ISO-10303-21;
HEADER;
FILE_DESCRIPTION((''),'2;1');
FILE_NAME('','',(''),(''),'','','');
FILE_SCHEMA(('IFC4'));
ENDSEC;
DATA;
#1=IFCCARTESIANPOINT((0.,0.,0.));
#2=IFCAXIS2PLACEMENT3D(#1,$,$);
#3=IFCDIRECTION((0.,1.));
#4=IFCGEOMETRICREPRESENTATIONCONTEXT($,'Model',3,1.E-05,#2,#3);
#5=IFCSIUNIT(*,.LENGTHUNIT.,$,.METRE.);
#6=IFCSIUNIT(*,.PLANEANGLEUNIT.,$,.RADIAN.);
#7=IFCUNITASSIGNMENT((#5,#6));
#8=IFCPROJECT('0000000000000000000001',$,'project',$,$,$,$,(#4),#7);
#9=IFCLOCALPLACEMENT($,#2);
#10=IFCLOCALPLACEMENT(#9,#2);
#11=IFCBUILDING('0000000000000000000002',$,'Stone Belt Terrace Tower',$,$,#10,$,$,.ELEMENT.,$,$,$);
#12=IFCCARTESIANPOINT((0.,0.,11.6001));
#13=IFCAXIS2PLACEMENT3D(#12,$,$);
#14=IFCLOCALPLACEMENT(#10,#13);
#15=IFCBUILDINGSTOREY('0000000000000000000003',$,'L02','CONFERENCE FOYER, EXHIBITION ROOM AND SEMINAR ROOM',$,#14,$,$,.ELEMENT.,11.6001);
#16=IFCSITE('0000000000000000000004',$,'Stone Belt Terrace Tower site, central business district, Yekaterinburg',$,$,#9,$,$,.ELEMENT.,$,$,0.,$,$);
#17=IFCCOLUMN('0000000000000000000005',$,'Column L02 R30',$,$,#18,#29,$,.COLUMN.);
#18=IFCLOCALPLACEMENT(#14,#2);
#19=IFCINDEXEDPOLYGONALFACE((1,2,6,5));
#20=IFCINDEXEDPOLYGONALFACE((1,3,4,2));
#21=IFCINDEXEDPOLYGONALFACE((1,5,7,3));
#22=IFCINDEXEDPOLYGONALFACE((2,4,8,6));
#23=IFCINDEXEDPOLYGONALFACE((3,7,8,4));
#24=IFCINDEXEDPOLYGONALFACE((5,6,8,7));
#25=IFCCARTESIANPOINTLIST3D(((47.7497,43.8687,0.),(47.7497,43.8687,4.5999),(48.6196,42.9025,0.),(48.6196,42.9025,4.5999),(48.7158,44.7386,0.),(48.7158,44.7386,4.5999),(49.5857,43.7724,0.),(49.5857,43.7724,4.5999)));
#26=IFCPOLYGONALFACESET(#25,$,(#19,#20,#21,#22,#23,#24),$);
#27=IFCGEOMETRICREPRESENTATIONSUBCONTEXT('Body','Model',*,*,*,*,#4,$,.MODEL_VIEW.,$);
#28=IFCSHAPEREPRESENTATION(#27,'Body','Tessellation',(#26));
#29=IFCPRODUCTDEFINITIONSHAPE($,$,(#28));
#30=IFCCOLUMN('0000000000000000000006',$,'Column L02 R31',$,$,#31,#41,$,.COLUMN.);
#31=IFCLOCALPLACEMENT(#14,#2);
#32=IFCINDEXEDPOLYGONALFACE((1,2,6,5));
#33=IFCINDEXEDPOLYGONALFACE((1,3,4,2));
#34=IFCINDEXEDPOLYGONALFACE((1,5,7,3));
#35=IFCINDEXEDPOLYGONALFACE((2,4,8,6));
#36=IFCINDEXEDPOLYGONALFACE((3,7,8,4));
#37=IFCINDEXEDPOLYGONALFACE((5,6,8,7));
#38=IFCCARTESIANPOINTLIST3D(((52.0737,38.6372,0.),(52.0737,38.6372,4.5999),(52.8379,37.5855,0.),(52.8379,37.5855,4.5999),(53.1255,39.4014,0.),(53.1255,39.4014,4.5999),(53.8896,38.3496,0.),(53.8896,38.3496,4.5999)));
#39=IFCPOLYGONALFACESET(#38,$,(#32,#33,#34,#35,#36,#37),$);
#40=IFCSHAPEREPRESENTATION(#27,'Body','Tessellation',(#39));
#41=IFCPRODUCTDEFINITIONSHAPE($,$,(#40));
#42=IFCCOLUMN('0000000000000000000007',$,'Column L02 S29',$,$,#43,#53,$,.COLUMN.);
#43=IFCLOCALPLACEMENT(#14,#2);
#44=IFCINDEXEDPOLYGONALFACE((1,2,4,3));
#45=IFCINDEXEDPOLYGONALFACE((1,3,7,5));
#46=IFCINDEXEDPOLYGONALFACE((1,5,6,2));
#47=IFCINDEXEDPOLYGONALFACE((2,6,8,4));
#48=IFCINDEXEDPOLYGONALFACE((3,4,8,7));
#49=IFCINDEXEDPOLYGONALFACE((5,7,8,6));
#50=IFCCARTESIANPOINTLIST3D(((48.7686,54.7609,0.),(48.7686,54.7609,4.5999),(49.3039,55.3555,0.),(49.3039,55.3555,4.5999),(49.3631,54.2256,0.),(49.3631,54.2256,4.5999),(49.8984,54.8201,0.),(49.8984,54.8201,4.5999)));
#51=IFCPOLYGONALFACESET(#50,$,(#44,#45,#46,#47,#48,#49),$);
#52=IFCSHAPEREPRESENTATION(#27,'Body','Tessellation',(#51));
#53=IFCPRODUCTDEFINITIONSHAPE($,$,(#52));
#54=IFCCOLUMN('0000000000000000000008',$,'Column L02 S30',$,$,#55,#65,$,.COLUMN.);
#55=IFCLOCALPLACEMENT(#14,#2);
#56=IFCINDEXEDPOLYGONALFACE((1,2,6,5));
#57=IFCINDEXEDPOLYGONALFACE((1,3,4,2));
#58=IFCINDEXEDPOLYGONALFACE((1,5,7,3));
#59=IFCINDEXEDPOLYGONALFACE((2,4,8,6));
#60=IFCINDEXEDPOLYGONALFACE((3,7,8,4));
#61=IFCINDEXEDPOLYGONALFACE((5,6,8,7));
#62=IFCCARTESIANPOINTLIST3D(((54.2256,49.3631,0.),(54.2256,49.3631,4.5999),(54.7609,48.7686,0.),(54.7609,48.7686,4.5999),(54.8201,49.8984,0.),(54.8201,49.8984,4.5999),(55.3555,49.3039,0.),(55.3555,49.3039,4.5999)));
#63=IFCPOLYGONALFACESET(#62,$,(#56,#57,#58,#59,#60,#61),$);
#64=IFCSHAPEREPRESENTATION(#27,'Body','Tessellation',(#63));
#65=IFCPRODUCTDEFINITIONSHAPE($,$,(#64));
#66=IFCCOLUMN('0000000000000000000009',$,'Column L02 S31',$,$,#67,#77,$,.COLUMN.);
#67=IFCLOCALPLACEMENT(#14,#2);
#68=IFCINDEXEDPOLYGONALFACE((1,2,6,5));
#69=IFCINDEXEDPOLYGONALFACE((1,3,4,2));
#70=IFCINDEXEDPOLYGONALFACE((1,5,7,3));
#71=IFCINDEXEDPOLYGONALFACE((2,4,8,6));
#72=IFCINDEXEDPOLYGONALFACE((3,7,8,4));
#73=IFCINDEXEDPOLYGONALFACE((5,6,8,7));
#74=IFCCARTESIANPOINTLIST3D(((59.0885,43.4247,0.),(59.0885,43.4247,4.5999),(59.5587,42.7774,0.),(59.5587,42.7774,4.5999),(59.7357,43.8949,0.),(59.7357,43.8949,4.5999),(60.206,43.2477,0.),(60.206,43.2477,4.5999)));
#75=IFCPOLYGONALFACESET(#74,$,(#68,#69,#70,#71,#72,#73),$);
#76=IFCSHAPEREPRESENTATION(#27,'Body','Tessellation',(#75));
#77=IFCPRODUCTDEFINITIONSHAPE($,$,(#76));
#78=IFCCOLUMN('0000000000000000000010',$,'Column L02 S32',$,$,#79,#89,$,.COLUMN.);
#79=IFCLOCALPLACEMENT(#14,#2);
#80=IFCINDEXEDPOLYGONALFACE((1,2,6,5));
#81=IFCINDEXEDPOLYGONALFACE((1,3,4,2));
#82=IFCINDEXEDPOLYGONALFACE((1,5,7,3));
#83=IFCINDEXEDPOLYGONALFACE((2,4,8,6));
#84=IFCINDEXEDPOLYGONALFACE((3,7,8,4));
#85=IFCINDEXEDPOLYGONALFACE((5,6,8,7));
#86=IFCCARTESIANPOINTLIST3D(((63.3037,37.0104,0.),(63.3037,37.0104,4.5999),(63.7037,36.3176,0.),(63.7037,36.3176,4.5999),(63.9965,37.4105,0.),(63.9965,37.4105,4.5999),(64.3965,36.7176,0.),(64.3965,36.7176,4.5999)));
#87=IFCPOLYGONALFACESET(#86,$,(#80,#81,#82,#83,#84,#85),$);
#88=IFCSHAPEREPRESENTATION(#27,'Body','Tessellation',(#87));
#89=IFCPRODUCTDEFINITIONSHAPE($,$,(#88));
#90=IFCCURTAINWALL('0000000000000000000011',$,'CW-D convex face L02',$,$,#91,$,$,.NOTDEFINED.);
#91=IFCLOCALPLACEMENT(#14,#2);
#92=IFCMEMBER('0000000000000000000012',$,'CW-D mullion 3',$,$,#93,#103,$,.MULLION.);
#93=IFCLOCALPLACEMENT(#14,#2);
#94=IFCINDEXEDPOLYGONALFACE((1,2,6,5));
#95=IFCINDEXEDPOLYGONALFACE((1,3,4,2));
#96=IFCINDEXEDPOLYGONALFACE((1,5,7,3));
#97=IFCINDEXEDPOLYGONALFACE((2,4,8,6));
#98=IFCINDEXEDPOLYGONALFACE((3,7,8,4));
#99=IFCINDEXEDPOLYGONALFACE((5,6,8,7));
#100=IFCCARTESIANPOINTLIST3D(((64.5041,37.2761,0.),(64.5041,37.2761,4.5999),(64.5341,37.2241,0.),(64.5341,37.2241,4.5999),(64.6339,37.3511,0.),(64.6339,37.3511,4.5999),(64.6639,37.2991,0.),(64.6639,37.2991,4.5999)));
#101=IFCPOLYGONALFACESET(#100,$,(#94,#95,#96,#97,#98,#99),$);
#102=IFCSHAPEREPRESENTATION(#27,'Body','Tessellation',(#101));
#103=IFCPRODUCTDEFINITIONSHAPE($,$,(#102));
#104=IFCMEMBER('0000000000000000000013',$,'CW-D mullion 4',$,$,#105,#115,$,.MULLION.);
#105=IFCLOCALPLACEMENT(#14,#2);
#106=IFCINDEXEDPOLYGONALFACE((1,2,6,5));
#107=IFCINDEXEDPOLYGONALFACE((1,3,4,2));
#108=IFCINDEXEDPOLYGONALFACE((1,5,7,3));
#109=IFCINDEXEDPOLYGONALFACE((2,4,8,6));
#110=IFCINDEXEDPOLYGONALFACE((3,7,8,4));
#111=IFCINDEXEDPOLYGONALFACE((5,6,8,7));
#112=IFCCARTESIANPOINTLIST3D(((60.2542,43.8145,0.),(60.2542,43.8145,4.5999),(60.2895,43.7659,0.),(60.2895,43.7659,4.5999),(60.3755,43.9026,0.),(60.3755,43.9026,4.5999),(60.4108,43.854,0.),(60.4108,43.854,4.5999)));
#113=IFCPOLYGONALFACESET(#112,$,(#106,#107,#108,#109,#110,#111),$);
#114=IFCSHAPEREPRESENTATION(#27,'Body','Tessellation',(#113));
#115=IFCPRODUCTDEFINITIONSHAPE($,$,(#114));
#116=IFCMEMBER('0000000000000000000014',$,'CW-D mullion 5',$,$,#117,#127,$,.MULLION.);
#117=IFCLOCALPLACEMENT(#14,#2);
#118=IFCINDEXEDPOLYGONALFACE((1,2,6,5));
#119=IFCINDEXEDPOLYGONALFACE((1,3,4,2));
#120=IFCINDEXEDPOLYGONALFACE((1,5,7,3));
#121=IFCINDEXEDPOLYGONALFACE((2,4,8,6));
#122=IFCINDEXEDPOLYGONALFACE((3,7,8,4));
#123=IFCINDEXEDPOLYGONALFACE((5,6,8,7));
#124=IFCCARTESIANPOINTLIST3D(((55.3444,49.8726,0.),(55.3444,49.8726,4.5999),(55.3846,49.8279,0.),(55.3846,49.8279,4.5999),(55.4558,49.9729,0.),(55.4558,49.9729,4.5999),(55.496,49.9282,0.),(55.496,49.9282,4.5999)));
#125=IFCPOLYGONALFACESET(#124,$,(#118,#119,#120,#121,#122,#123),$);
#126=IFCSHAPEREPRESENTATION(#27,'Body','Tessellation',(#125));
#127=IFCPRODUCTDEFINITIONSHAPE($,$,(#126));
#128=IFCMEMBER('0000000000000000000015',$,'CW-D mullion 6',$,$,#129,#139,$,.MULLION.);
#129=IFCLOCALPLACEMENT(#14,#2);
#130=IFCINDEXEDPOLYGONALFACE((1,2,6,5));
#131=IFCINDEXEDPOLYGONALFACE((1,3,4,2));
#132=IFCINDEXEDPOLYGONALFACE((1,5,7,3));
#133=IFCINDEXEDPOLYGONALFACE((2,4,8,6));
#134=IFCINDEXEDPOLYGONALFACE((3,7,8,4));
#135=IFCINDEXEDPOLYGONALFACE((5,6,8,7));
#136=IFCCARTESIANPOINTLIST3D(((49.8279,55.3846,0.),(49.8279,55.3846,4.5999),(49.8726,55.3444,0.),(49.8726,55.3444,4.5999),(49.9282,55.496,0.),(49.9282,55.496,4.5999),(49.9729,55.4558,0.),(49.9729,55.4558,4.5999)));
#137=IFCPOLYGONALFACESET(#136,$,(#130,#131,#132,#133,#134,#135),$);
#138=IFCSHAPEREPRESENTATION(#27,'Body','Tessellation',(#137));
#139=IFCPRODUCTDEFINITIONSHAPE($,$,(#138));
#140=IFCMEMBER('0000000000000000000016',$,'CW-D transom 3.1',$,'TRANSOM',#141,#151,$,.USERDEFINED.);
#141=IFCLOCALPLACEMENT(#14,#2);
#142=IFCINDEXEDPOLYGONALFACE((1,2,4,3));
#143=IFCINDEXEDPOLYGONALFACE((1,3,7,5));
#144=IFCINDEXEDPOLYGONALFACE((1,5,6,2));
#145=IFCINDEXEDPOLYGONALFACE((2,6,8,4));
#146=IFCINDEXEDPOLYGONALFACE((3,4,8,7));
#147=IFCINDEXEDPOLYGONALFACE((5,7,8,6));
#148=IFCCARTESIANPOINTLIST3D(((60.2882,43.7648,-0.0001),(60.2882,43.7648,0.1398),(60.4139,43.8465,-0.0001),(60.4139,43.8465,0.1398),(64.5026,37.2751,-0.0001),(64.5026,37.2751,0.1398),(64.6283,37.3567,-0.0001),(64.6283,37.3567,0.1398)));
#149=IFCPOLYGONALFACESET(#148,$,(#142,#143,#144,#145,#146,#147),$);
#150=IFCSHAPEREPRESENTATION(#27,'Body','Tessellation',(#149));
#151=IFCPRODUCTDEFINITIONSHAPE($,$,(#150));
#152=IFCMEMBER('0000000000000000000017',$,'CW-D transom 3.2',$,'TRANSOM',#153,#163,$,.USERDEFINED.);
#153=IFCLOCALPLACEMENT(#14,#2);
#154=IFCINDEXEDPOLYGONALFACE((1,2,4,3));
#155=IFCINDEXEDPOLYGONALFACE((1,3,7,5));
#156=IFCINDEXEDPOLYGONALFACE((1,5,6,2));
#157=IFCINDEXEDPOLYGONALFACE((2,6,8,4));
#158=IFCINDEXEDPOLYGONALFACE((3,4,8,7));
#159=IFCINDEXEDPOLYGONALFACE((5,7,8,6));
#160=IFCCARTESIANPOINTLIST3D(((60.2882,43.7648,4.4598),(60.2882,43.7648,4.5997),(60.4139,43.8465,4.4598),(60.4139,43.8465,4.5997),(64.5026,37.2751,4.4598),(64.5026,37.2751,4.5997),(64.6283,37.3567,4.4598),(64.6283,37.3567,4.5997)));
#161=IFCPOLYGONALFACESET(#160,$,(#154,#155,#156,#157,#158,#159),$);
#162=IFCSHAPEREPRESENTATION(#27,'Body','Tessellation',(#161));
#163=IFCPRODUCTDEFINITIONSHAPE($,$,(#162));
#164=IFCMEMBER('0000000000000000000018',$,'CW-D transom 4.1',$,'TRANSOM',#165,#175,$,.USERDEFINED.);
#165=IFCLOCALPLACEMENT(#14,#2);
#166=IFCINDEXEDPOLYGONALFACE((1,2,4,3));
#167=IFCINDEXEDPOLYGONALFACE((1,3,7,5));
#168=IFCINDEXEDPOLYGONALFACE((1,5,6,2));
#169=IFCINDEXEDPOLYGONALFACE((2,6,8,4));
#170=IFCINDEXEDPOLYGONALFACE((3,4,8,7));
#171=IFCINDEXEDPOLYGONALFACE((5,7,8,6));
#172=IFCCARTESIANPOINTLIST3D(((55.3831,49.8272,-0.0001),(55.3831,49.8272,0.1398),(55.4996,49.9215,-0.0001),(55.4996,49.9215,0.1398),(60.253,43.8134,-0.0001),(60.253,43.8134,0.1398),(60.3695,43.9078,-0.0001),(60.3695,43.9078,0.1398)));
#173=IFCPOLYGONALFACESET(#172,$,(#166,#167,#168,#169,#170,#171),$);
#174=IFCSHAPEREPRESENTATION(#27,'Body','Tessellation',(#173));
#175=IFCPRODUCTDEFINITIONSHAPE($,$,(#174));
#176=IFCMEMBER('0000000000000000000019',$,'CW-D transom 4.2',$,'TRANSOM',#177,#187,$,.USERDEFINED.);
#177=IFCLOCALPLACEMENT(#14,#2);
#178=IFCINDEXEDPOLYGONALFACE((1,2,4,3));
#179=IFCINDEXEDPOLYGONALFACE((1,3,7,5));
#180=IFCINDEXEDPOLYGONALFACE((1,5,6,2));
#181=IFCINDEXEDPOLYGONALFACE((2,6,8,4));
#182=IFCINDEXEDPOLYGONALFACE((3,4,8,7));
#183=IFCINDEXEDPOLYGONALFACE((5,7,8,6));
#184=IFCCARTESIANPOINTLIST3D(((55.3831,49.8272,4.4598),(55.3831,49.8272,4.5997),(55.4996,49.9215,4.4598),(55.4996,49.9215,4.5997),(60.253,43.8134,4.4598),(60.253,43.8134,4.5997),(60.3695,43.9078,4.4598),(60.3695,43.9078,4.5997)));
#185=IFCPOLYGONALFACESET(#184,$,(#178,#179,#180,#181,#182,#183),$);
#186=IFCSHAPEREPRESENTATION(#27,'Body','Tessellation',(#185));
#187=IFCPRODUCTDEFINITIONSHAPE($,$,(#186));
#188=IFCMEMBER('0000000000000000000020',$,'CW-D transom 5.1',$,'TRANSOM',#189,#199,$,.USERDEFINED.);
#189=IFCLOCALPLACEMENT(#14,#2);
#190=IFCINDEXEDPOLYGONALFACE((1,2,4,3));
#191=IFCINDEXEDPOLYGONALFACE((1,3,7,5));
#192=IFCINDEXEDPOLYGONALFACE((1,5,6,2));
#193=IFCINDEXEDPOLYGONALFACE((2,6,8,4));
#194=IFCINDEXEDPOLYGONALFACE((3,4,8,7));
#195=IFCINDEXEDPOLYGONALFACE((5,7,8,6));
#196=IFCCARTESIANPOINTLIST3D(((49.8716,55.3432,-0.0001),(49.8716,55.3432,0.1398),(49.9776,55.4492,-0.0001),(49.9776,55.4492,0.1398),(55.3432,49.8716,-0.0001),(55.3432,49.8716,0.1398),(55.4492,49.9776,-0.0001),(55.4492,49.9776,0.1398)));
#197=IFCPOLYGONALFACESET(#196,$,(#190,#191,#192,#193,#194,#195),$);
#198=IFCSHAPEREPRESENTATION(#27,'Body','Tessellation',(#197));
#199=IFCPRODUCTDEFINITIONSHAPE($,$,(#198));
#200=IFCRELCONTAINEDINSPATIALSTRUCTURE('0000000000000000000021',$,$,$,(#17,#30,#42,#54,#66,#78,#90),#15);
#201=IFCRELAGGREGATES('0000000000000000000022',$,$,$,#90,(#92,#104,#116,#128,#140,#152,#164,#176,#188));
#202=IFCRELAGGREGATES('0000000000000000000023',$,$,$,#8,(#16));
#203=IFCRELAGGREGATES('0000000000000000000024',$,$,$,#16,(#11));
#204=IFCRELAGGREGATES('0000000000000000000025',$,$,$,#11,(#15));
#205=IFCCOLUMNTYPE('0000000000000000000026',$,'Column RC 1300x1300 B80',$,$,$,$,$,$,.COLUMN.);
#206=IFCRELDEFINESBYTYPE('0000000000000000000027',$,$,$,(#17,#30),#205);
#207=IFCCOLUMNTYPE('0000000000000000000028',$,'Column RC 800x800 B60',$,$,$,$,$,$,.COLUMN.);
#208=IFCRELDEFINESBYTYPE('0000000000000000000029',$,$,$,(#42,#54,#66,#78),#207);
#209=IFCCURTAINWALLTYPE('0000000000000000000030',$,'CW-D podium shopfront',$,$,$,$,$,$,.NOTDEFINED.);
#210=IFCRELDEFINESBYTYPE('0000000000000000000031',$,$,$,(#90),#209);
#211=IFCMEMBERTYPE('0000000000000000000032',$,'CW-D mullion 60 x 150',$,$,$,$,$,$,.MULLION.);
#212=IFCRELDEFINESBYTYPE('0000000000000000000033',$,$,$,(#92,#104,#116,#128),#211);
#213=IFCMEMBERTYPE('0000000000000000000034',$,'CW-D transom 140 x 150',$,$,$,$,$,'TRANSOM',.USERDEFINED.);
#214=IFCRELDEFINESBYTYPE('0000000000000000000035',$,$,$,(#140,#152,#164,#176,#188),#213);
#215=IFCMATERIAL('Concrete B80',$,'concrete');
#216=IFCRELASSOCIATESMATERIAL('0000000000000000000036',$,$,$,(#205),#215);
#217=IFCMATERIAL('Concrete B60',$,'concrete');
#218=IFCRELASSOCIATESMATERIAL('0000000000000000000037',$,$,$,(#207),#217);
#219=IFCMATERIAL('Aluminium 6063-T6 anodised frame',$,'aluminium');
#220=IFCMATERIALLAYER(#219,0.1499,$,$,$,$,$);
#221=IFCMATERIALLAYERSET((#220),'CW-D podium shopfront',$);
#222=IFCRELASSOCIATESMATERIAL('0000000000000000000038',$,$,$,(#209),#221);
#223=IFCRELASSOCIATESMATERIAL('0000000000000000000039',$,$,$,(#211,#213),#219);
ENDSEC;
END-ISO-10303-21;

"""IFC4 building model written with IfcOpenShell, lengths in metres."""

from ifc_helpers import new_model, si_unit, direction, frame, origin, origin_2d, place, context, subcontext, project, spatial, rectangle, extrude, material, layer, layer_set, material_profile, profile_set, type_object, element, aggregate, save


model = new_model("IFC4")

# Units and contexts
model_context = context("Model", 3, precision=1e-05, world=origin(), true_north=direction((0.0, 1.0)))
body_context = subcontext(model_context, "Body", "Model", "MODEL_VIEW")
ifc_project = project(units=[si_unit("LENGTHUNIT", "METRE"), si_unit("PLANEANGLEUNIT", "RADIAN")], contexts=[model_context])

# Site, building, storey
site_placement = place(None, origin())
site = spatial("IfcSite", under=ifc_project, at=site_placement, Name="Stone Belt Terrace Tower site, central business district, Yekaterinburg", CompositionType="ELEMENT", RefElevation=0.0)
building_placement = place(site_placement, origin())
building = spatial("IfcBuilding", under=site, at=building_placement, Name="Stone Belt Terrace Tower", CompositionType="ELEMENT")
storey_placement = place(building_placement, frame((0.0, 0.0, 11.6001)))
storey = spatial("IfcBuildingStorey", under=building, at=storey_placement, Name="L02", Description="CONFERENCE FOYER, EXHIBITION ROOM AND SEMINAR ROOM", CompositionType="ELEMENT", Elevation=11.6001)

# Columns
ifc_material_1 = material(Name="Concrete B80", Category="concrete")
ifc_material_profile_1 = material_profile(ifc_material_1, rectangle(XDim=1.3, YDim=1.3, at=origin_2d()), Name="RC 1300x1300")
ifc_profile_set_1 = profile_set([ifc_material_profile_1], Name="Concrete B80")
column_type_1 = type_object("IfcColumnType", Name="Column RC 1300x1300 B80", PredefinedType="COLUMN", material=ifc_profile_set_1)
for number, where, z_axis, x_axis, name in (
    (1, (48.6677, 43.8206, 0.0), (0.0, 0.0, 1.0), (0.669131, -0.743145, 0.0), "Column L02 R30"),
    (2, (52.9817, 38.4934, 0.0), (0.0, 0.0, 1.0), (0.587785, -0.809017, 0.0), "Column L02 R31"),
):
    element("IfcColumn", number, at=place(storey_placement, frame(where, z_axis=z_axis, x_axis=x_axis)), inside=storey, type_object=column_type_1, Name=name, PredefinedType="COLUMN", context=body_context, shape_type="SweptSolid", body=[
        extrude(rectangle(XDim=1.3, YDim=1.3, at=origin_2d()), origin(), (0.0, 0.0, 1.0), 4.5999),
    ])
ifc_material_2 = material(Name="Concrete B60", Category="concrete")
ifc_material_profile_2 = material_profile(ifc_material_2, rectangle(XDim=0.8, YDim=0.8, at=origin_2d()), Name="RC 800x800")
ifc_profile_set_2 = profile_set([ifc_material_profile_2], Name="Concrete B60")
column_type_2 = type_object("IfcColumnType", Name="Column RC 800x800 B60", PredefinedType="COLUMN", material=ifc_profile_set_2)
for number, where, z_axis, x_axis, name in (
    (3, (49.3335, 54.7905, 0.0), (0.0, 0.0, 1.0), (0.743145, -0.669131, 0.0), "Column L02 S29"),
    (4, (54.7905, 49.3335, 0.0), (0.0, 0.0, 1.0), (0.669131, -0.743145, 0.0), "Column L02 S30"),
    (5, (59.6472, 43.3362, 0.0), (0.0, 0.0, 1.0), (0.587785, -0.809017, 0.0), "Column L02 S31"),
    (6, (63.8501, 36.864, 0.0), (0.0, 0.0, 1.0), (0.5, -0.866025, 0.0), "Column L02 S32"),
):
    element("IfcColumn", number, at=place(storey_placement, frame(where, z_axis=z_axis, x_axis=x_axis)), inside=storey, type_object=column_type_2, Name=name, PredefinedType="COLUMN", context=body_context, shape_type="SweptSolid", body=[
        extrude(rectangle(XDim=0.8, YDim=0.8, at=origin_2d()), origin(), (0.0, 0.0, 1.0), 4.5999),
    ])

# Curtain wall, members
ifc_material_3 = material(Name="Aluminium 6063-T6 anodised frame", Category="aluminium")
ifc_layer_1 = layer(ifc_material_3, 0.1499)
ifc_layer_set_1 = layer_set([ifc_layer_1], Name="CW-D podium shopfront")
curtain_wall_type = type_object("IfcCurtainWallType", Name="CW-D podium shopfront", PredefinedType="NOTDEFINED", material=ifc_layer_set_1)
curtain_wall_placement = place(storey_placement, origin())
curtain_wall = element("IfcCurtainWall", 7, at=curtain_wall_placement, inside=storey, type_object=curtain_wall_type, Name="CW-D convex face L02", PredefinedType="NOTDEFINED")
ifc_material_profile_3 = material_profile(ifc_material_3, rectangle(XDim=0.1499, YDim=0.0601, at=origin_2d()), Name="Aluminium 6063-T6 60x150")
ifc_profile_set_3 = profile_set([ifc_material_profile_3], Name="Aluminium 6063-T6 anodised frame")
member_type_1 = type_object("IfcMemberType", Name="CW-D mullion 60 x 150", PredefinedType="MULLION", material=ifc_profile_set_3)
member_1_placement = place(storey_placement, frame((64.584, 37.2876, 0.0), z_axis=(0.0, 0.0, 1.0), x_axis=(-0.866025, -0.5, 0.0)))
member_1 = element("IfcMember", 8, at=member_1_placement, type_object=member_type_1, Name="CW-D mullion 3", PredefinedType="MULLION", context=body_context, shape_type="SweptSolid", body=[
    extrude(rectangle(XDim=0.1499, YDim=0.0601, at=origin_2d()), origin(), (0.0, 0.0, 1.0), 4.5999),
])
member_2_placement = place(storey_placement, frame((60.3325, 43.8342, 0.0), z_axis=(0.0, 0.0, 1.0), x_axis=(-0.809017, -0.587785, 0.0)))
member_2 = element("IfcMember", 9, at=member_2_placement, type_object=member_type_1, Name="CW-D mullion 4", PredefinedType="MULLION", context=body_context, shape_type="SweptSolid", body=[
    extrude(rectangle(XDim=0.1499, YDim=0.0601, at=origin_2d()), origin(), (0.0, 0.0, 1.0), 4.5999),
])
member_3_placement = place(storey_placement, frame((55.4202, 49.9004, 0.0), z_axis=(0.0, 0.0, 1.0), x_axis=(-0.743145, -0.669131, 0.0)))
member_3 = element("IfcMember", 10, at=member_3_placement, type_object=member_type_1, Name="CW-D mullion 5", PredefinedType="MULLION", context=body_context, shape_type="SweptSolid", body=[
    extrude(rectangle(XDim=0.1499, YDim=0.0601, at=origin_2d()), origin(), (0.0, 0.0, 1.0), 4.5999),
])
member_4_placement = place(storey_placement, frame((49.9004, 55.4202, 0.0), z_axis=(0.0, 0.0, 1.0), x_axis=(-0.669131, -0.743145, 0.0)))
member_4 = element("IfcMember", 11, at=member_4_placement, type_object=member_type_1, Name="CW-D mullion 6", PredefinedType="MULLION", context=body_context, shape_type="SweptSolid", body=[
    extrude(rectangle(XDim=0.1499, YDim=0.0601, at=origin_2d()), origin(), (0.0, 0.0, 1.0), 4.5999),
])
ifc_material_profile_4 = material_profile(ifc_material_3, rectangle(XDim=0.1499, YDim=0.1399, at=origin_2d()), Name="Aluminium 6063-T6 150x140")
ifc_profile_set_4 = profile_set([ifc_material_profile_4], Name="Aluminium 6063-T6 anodised frame")
member_type_2 = type_object("IfcMemberType", Name="CW-D transom 140 x 150", ElementType="TRANSOM", PredefinedType="USERDEFINED", material=ifc_profile_set_4)
member_5_placement = place(storey_placement, frame((64.5654, 37.3159, 0.0698), z_axis=(-0.544627, 0.838679, 0.0), x_axis=(-0.838679, -0.544627, 0.0)))
member_5 = element("IfcMember", 12, at=member_5_placement, type_object=member_type_2, Name="CW-D transom 3.1", ObjectType="TRANSOM", PredefinedType="USERDEFINED", context=body_context, shape_type="SweptSolid", body=[
    extrude(rectangle(XDim=0.1499, YDim=0.1399, at=origin_2d()), origin(), (0.0, 0.0, 1.0), 7.738),
])
member_6_placement = place(storey_placement, frame((64.5654, 37.3159, 4.5298), z_axis=(-0.544627, 0.838679, 0.0), x_axis=(-0.838679, -0.544627, 0.0)))
member_6 = element("IfcMember", 13, at=member_6_placement, type_object=member_type_2, Name="CW-D transom 3.2", ObjectType="TRANSOM", PredefinedType="USERDEFINED", context=body_context, shape_type="SweptSolid", body=[
    extrude(rectangle(XDim=0.1499, YDim=0.1399, at=origin_2d()), origin(), (0.0, 0.0, 1.0), 7.738),
])
member_7_placement = place(storey_placement, frame((60.3113, 43.8606, 0.0698), z_axis=(-0.629328, 0.77714, 0.0), x_axis=(-0.77714, -0.629328, 0.0)))
member_7 = element("IfcMember", 14, at=member_7_placement, type_object=member_type_2, Name="CW-D transom 4.1", ObjectType="TRANSOM", PredefinedType="USERDEFINED", context=body_context, shape_type="SweptSolid", body=[
    extrude(rectangle(XDim=0.1499, YDim=0.1399, at=origin_2d()), origin(), (0.0, 0.0, 1.0), 7.7383),
])
member_8_placement = place(storey_placement, frame((60.3113, 43.8606, 4.5298), z_axis=(-0.629328, 0.77714, 0.0), x_axis=(-0.77714, -0.629328, 0.0)))
member_8 = element("IfcMember", 15, at=member_8_placement, type_object=member_type_2, Name="CW-D transom 4.2", ObjectType="TRANSOM", PredefinedType="USERDEFINED", context=body_context, shape_type="SweptSolid", body=[
    extrude(rectangle(XDim=0.1499, YDim=0.1399, at=origin_2d()), origin(), (0.0, 0.0, 1.0), 7.7383),
])
member_9_placement = place(storey_placement, frame((55.3962, 49.9246, 0.0698), z_axis=(-0.707107, 0.707107, 0.0), x_axis=(-0.707107, -0.707107, 0.0)))
member_9 = element("IfcMember", 16, at=member_9_placement, type_object=member_type_2, Name="CW-D transom 5.1", ObjectType="TRANSOM", PredefinedType="USERDEFINED", context=body_context, shape_type="SweptSolid", body=[
    extrude(rectangle(XDim=0.1499, YDim=0.1399, at=origin_2d()), origin(), (0.0, 0.0, 1.0), 7.738),
])
aggregate(curtain_wall, [member_1, member_2, member_3, member_4, member_5, member_6, member_7, member_8, member_9])

save(model, "model.ifc")
